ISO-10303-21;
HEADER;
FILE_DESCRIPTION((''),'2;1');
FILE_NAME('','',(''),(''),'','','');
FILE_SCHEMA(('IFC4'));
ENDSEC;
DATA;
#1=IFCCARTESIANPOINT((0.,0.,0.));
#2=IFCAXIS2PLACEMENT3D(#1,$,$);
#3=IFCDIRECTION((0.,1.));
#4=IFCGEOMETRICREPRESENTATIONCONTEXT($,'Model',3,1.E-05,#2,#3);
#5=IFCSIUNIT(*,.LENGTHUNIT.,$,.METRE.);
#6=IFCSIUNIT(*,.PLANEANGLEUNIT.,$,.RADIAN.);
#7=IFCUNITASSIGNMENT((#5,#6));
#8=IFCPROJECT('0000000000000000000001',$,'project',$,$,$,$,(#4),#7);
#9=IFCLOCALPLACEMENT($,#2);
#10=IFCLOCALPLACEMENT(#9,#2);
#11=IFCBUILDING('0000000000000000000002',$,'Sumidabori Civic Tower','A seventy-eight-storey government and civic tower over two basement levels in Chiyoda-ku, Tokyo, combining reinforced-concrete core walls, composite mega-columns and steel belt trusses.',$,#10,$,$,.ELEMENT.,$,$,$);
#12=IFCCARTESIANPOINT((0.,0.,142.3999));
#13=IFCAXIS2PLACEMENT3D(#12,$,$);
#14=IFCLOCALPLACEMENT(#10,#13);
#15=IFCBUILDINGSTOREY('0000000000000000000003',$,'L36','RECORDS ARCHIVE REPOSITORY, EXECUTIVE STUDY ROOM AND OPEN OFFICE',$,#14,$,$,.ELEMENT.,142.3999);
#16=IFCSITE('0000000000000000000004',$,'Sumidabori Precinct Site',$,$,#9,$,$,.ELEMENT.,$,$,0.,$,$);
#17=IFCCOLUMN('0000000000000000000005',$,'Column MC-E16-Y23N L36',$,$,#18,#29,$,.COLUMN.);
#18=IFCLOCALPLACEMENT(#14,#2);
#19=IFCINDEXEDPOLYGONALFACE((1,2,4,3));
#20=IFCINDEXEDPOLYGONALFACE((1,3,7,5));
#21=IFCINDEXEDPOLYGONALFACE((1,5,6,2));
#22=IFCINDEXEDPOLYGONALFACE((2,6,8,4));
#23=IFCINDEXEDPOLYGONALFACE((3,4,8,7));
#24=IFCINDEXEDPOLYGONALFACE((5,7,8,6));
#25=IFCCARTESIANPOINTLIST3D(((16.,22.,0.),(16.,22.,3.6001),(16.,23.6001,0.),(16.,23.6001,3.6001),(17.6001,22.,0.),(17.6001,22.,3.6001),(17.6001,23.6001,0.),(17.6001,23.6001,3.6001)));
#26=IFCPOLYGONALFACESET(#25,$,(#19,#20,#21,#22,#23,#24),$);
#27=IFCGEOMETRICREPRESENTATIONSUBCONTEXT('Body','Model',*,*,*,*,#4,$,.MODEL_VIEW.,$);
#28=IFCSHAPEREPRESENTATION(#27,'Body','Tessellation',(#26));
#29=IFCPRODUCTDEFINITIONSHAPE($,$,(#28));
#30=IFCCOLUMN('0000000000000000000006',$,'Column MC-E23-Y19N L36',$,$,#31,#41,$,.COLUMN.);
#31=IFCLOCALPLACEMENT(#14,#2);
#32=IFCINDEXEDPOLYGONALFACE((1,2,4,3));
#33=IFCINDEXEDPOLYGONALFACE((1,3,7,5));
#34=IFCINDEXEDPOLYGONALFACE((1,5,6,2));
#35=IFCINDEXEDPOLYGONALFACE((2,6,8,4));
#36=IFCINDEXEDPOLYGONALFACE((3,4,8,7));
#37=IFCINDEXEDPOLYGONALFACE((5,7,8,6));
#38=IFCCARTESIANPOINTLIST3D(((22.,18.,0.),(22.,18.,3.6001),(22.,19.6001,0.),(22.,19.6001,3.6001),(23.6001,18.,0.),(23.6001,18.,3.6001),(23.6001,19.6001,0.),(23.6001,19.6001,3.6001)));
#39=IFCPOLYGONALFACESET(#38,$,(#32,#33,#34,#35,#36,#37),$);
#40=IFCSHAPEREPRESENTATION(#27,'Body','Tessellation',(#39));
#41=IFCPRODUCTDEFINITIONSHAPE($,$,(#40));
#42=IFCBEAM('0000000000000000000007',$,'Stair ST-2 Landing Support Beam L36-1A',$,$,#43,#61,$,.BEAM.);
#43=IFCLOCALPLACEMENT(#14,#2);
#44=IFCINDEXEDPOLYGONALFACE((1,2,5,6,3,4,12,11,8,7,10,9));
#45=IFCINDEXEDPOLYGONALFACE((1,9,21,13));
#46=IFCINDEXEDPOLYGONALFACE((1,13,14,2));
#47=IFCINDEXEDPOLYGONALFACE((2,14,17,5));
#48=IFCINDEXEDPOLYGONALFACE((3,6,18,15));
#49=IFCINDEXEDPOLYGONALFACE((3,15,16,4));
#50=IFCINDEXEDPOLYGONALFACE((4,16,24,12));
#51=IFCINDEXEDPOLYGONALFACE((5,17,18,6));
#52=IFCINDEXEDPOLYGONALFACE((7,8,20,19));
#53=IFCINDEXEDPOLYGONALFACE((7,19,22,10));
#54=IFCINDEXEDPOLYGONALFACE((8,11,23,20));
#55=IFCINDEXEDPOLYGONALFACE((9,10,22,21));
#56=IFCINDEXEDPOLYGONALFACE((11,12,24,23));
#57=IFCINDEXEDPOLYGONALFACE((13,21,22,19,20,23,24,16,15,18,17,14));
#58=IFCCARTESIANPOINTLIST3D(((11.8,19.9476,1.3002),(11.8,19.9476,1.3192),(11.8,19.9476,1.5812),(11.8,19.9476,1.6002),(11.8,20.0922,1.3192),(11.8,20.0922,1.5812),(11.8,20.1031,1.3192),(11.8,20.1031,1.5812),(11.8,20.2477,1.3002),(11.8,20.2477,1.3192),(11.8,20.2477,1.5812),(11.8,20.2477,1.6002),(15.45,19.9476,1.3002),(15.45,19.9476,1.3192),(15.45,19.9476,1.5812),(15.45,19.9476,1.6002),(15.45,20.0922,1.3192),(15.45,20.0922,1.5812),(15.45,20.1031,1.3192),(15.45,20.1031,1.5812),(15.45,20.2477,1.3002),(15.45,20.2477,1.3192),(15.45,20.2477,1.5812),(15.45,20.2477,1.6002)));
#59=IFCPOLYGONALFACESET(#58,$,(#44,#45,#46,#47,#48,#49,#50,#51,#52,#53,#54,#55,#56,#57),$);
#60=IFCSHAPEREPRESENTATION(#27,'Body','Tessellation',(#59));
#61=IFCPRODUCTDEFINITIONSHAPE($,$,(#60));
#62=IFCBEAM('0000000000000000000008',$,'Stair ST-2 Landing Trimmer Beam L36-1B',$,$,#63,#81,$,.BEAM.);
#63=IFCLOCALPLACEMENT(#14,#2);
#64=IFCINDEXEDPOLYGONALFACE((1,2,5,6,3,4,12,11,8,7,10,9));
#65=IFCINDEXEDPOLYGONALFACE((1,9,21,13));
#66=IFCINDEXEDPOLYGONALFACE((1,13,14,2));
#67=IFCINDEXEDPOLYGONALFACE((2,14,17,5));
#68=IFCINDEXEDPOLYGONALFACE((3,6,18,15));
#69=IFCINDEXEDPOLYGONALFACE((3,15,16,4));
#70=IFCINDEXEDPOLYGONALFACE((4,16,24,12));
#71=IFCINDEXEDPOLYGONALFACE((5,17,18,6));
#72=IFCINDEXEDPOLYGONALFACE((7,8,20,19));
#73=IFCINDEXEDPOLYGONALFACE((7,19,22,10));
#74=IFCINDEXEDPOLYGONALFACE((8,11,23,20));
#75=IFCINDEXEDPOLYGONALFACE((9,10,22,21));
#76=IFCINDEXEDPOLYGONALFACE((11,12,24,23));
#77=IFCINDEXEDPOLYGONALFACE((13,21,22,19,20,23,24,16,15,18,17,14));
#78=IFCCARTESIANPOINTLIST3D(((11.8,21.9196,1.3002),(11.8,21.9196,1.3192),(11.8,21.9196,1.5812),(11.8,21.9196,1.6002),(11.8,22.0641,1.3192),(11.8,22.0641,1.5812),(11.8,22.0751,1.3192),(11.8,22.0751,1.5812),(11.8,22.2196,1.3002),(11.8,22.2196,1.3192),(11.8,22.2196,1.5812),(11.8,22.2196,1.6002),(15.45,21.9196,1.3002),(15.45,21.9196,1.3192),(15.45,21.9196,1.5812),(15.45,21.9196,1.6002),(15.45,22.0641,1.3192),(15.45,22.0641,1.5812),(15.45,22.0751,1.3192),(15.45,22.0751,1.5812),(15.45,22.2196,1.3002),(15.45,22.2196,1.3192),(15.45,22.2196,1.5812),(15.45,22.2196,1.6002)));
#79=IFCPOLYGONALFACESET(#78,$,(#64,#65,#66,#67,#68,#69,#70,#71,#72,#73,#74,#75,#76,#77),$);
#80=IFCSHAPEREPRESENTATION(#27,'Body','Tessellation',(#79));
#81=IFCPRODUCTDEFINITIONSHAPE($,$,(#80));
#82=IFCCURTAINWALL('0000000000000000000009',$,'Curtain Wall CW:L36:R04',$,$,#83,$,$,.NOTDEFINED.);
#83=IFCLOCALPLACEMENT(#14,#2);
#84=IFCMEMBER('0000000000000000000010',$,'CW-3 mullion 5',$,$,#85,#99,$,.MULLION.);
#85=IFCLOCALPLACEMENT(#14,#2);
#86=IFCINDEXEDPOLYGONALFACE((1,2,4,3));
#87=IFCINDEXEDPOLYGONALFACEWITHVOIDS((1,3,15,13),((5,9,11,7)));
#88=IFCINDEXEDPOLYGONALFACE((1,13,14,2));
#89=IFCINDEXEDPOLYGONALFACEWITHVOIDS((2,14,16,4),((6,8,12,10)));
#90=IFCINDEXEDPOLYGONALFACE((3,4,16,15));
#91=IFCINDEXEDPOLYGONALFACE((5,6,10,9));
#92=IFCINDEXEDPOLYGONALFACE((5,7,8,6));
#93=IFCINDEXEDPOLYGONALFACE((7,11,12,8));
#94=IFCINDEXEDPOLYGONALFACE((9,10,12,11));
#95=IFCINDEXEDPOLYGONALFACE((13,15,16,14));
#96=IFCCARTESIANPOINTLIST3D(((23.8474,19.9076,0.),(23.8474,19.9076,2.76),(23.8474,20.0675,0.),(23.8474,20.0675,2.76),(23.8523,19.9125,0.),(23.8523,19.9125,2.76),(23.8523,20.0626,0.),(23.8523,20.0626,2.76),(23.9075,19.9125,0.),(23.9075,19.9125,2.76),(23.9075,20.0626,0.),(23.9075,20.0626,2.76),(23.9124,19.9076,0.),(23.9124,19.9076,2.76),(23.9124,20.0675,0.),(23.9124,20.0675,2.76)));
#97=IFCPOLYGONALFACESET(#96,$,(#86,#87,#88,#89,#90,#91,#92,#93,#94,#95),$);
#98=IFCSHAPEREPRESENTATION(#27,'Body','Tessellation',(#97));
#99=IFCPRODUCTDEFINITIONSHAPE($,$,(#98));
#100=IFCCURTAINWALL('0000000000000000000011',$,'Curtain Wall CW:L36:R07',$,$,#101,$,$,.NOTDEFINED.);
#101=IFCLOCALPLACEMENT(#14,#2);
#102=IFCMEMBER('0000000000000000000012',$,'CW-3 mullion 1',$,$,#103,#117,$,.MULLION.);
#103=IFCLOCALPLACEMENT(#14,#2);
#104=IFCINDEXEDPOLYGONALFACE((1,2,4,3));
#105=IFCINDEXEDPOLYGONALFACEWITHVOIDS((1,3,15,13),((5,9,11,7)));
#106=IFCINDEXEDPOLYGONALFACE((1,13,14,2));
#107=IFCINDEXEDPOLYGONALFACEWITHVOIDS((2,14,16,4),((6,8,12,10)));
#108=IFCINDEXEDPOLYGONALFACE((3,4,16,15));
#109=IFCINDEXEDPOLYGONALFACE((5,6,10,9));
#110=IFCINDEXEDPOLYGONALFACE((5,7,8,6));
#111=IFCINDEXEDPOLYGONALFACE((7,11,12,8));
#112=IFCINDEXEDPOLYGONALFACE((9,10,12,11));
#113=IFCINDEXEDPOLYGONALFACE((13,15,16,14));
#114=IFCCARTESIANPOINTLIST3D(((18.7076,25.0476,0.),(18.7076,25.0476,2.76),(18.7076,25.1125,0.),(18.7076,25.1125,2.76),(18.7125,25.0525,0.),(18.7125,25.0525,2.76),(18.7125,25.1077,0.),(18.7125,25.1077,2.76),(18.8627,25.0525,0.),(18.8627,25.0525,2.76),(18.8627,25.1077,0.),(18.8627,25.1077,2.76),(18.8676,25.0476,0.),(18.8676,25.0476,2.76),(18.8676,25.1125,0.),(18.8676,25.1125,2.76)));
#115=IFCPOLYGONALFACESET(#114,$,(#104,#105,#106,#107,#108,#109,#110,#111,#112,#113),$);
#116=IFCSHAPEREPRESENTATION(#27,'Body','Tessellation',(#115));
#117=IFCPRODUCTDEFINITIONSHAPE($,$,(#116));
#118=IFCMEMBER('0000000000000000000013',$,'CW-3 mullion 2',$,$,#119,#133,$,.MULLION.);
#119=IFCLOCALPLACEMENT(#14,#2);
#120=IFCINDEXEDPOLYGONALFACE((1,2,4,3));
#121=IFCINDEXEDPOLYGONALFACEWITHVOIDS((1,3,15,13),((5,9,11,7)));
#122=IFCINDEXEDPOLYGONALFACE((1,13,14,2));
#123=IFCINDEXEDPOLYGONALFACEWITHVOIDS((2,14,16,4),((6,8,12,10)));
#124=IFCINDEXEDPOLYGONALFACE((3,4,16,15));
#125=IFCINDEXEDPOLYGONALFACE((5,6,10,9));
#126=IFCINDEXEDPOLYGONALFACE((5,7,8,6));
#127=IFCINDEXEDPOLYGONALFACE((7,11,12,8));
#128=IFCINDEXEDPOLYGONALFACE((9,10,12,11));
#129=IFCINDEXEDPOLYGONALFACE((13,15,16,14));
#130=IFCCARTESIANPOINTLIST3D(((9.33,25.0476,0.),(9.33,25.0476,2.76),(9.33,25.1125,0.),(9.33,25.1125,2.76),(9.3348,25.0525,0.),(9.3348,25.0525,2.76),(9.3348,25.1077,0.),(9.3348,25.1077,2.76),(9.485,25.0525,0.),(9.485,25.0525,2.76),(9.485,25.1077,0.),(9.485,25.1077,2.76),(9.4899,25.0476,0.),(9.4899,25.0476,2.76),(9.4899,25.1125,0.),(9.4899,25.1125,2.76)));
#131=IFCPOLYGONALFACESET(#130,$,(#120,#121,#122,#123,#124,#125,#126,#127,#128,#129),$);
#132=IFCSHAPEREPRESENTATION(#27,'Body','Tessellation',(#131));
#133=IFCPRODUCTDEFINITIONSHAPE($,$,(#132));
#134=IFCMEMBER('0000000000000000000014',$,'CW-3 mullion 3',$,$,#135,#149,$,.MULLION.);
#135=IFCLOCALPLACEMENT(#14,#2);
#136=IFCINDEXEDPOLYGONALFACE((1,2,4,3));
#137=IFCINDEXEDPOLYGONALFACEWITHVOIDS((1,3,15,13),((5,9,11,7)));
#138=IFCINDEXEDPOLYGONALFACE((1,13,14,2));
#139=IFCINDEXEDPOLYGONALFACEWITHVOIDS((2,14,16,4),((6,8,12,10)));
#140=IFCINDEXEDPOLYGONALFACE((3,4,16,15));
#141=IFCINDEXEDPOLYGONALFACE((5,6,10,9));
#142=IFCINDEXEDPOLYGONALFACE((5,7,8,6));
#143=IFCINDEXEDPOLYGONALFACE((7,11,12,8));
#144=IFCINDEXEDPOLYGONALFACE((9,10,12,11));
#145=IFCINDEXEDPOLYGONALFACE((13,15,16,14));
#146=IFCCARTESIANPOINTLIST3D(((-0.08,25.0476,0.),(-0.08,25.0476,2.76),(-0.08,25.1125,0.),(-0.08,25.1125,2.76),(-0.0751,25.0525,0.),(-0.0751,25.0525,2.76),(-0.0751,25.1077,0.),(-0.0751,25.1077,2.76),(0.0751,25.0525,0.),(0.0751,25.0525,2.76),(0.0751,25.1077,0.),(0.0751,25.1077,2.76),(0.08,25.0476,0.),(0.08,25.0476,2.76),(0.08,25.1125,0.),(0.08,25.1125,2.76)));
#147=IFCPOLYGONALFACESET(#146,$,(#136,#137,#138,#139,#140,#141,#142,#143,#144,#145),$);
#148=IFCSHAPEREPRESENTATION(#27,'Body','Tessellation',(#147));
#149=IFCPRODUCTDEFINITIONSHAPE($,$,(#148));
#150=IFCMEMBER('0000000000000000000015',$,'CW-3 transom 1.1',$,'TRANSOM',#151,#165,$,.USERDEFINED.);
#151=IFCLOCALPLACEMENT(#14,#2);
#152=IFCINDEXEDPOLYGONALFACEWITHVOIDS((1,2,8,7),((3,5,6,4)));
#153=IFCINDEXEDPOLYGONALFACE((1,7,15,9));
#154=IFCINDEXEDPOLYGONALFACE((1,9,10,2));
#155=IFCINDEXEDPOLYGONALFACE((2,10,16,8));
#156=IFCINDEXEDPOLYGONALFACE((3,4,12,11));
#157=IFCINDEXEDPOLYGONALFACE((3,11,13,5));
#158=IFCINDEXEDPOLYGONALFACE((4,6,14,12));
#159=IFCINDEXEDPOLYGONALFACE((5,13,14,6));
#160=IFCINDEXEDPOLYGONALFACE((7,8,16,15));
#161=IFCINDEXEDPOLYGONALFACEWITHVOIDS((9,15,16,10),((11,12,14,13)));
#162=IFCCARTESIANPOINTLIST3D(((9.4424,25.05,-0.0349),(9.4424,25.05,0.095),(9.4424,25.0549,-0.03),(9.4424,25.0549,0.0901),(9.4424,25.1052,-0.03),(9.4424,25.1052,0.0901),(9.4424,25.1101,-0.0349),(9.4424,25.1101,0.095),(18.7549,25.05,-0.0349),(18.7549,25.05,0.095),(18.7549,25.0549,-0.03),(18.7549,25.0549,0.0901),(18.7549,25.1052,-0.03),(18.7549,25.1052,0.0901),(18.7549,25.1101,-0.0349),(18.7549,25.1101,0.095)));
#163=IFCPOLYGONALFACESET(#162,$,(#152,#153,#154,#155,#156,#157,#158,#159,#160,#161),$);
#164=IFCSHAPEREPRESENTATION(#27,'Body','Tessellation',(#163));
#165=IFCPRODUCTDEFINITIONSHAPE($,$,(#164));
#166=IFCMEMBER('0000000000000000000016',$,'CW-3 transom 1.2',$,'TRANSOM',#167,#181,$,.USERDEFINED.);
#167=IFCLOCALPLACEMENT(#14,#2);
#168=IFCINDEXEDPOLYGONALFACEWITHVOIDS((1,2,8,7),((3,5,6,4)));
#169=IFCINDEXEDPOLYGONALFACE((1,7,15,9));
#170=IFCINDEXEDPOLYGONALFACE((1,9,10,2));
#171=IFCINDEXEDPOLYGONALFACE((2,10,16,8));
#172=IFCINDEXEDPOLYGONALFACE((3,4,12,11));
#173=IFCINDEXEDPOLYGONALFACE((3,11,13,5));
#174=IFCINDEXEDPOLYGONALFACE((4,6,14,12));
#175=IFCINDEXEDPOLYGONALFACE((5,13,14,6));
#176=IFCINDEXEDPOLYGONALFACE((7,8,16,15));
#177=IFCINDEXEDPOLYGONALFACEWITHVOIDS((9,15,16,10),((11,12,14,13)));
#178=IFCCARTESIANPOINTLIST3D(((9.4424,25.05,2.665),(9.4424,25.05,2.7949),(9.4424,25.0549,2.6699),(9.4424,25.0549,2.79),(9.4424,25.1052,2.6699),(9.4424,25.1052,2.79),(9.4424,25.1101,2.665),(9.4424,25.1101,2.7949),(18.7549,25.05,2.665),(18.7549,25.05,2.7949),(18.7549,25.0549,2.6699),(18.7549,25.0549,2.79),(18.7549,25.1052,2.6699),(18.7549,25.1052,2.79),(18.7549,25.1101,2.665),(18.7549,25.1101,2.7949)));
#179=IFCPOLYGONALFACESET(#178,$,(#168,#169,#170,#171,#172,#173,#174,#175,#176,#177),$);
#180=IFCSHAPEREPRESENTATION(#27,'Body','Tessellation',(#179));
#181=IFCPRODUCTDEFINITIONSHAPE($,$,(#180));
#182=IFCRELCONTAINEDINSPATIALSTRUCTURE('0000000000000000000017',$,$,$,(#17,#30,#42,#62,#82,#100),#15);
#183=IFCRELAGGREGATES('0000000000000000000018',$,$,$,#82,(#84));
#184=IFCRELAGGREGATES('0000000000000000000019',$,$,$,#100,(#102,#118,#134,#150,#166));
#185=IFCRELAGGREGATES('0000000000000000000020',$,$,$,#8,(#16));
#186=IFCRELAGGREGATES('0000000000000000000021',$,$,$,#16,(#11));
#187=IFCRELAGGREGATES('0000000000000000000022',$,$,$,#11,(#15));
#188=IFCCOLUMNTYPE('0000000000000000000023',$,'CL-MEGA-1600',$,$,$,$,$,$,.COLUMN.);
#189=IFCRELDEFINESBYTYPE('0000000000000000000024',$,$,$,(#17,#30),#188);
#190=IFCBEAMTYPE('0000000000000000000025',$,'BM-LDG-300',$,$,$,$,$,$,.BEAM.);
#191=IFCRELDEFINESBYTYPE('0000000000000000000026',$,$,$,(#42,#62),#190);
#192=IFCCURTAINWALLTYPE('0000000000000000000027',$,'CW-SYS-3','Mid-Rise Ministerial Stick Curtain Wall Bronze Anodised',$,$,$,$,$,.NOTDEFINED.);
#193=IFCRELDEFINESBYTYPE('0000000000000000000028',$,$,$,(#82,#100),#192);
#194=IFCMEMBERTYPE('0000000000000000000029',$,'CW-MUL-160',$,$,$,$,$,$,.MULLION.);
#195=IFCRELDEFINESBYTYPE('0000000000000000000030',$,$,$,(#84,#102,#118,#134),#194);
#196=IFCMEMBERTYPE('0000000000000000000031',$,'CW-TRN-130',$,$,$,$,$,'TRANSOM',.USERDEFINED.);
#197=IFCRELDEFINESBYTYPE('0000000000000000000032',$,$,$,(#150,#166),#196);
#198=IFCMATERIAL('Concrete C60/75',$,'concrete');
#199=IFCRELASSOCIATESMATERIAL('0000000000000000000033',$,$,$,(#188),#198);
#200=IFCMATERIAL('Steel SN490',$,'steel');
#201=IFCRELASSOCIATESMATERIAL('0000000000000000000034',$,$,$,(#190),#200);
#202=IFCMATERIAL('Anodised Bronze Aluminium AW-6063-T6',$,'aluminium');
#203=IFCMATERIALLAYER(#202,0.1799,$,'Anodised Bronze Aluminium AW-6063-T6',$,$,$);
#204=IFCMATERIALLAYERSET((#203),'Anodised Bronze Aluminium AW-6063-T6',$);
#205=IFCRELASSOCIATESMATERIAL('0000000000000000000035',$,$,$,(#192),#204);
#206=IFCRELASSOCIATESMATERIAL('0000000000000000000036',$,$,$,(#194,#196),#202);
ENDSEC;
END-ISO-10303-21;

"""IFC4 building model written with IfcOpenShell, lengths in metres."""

from ifc_helpers import new_model, si_unit, direction, frame, origin, origin_2d, place, context, subcontext, project, spatial, rectangle, hollow_rectangle, i_section, extrude, source, transform, mapped, material, layer, layer_set, material_profile, profile_set, type_object, element, aggregate, save


model = new_model("IFC4")

# Units and contexts
model_context = context("Model", 3, precision=1e-05, world=origin(), true_north=direction((0.0, 1.0)))
body_context = subcontext(model_context, "Body", "Model", "MODEL_VIEW")
ifc_project = project(units=[si_unit("LENGTHUNIT", "METRE"), si_unit("PLANEANGLEUNIT", "RADIAN")], contexts=[model_context])

# Site, building, storey
site_placement = place(None, origin())
site = spatial("IfcSite", under=ifc_project, at=site_placement, Name="Sumidabori Precinct Site", CompositionType="ELEMENT", RefElevation=0.0)
building_placement = place(site_placement, origin())
building = spatial("IfcBuilding", under=site, at=building_placement, Name="Sumidabori Civic Tower", Description="A seventy-eight-storey government and civic tower over two basement levels in Chiyoda-ku, Tokyo, combining reinforced-concrete core walls, composite mega-columns and steel belt trusses.", CompositionType="ELEMENT")
storey_placement = place(building_placement, frame((0.0, 0.0, 142.3999)))
storey = spatial("IfcBuildingStorey", under=building, at=storey_placement, Name="L36", Description="RECORDS ARCHIVE REPOSITORY, EXECUTIVE STUDY ROOM AND OPEN OFFICE", CompositionType="ELEMENT", Elevation=142.3999)

# Columns
ifc_material_1 = material(Name="Concrete C60/75", Category="concrete")
ifc_material_profile_1 = material_profile(ifc_material_1, rectangle(XDim=1.6001, YDim=1.6001, at=origin_2d()), Name="RC 1600x1600")
ifc_profile_set_1 = profile_set([ifc_material_profile_1], Name="Concrete C60/75")
column_type = type_object("IfcColumnType", Name="CL-MEGA-1600", PredefinedType="COLUMN", material=ifc_profile_set_1)
shared_shape_1 = source(origin(), body_context, "Body", "SweptSolid", [
    extrude(rectangle(XDim=1.6001, YDim=1.6001, at=origin_2d()), origin(), (0.0, 0.0, 1.0), 3.6001),
])
for number, where, z_axis, x_axis, name in (
    (1, (16.8, 22.8, 0.0), (0.0, 0.0, 1.0), (1.0, 0.0, 0.0), "Column MC-E16-Y23N L36"),
    (2, (22.8, 18.8, 0.0), (0.0, 0.0, 1.0), (1.0, 0.0, 0.0), "Column MC-E23-Y19N L36"),
):
    element("IfcColumn", number, at=place(storey_placement, frame(where, z_axis=z_axis, x_axis=x_axis)), inside=storey, type_object=column_type, Name=name, PredefinedType="COLUMN", context=body_context, shape_type="MappedRepresentation", body=[
        mapped(shared_shape_1, transform((0.0, 0.0, 0.0), x_axis=(1.0, 0.0, 0.0), y_axis=(0.0, 1.0, 0.0), z_axis=(0.0, 0.0, 1.0), scale=1.0)),
    ])

# Beams
ifc_material_2 = material(Name="Steel SN490", Category="steel")
ifc_material_profile_2 = material_profile(ifc_material_2, i_section(OverallWidth=0.3, OverallDepth=0.3, WebThickness=0.011, FlangeThickness=0.019, at=origin_2d()), Name="HE 300 B")
ifc_profile_set_2 = profile_set([ifc_material_profile_2], Name="Steel SN490")
beam_type = type_object("IfcBeamType", Name="BM-LDG-300", PredefinedType="BEAM", material=ifc_profile_set_2)
shared_shape_2 = source(origin(), body_context, "Body", "SweptSolid", [
    extrude(i_section(OverallWidth=0.3, OverallDepth=0.3, WebThickness=0.011, FlangeThickness=0.019, at=origin_2d()), origin(), (0.0, 0.0, 1.0), 3.6499),
])
for number, where, z_axis, x_axis, name in (
    (3, (11.8, 20.0977, 1.4502), (1.0, 0.0, 0.0), (0.0, 1.0, 0.0), "Stair ST-2 Landing Support Beam L36-1A"),
    (4, (11.8, 22.0696, 1.4502), (1.0, 0.0, 0.0), (0.0, 1.0, 0.0), "Stair ST-2 Landing Trimmer Beam L36-1B"),
):
    element("IfcBeam", number, at=place(storey_placement, frame(where, z_axis=z_axis, x_axis=x_axis)), inside=storey, type_object=beam_type, Name=name, PredefinedType="BEAM", context=body_context, shape_type="MappedRepresentation", body=[
        mapped(shared_shape_2, transform((0.0, 0.0, 0.0), x_axis=(1.0, 0.0, 0.0), y_axis=(0.0, 1.0, 0.0), z_axis=(0.0, 0.0, 1.0), scale=1.0)),
    ])

# Curtain wall, member
ifc_material_3 = material(Name="Anodised Bronze Aluminium AW-6063-T6", Category="aluminium")
ifc_layer_1 = layer(ifc_material_3, 0.1799, Name="Anodised Bronze Aluminium AW-6063-T6")
ifc_layer_set_1 = layer_set([ifc_layer_1], Name="Anodised Bronze Aluminium AW-6063-T6")
curtain_wall_type = type_object("IfcCurtainWallType", Name="CW-SYS-3", Description="Mid-Rise Ministerial Stick Curtain Wall Bronze Anodised", PredefinedType="NOTDEFINED", material=ifc_layer_set_1)
curtain_wall_1_placement = place(storey_placement, origin())
curtain_wall_1 = element("IfcCurtainWall", 5, at=curtain_wall_1_placement, inside=storey, type_object=curtain_wall_type, Name="Curtain Wall CW:L36:R04", PredefinedType="NOTDEFINED")
ifc_material_profile_3 = material_profile(ifc_material_3, hollow_rectangle(XDim=0.0649, YDim=0.1599, WallThickness=0.0049, at=origin_2d()), Name="ALU MULLION 160x65")
ifc_profile_set_3 = profile_set([ifc_material_profile_3], Name="Anodised Bronze Aluminium AW-6063-T6")
member_type_1 = type_object("IfcMemberType", Name="CW-MUL-160", PredefinedType="MULLION", material=ifc_profile_set_3)
shared_shape_3 = source(origin(), body_context, "Body", "SweptSolid", [
    extrude(hollow_rectangle(XDim=0.0649, YDim=0.1599, WallThickness=0.0049, at=origin_2d()), origin(), (0.0, 0.0, 1.0), 2.76),
])
member_1_placement = place(storey_placement, frame((23.8799, 19.9875, 0.0), z_axis=(0.0, 0.0, 1.0), x_axis=(-1.0, 0.0, 0.0)))
member_1 = element("IfcMember", 6, at=member_1_placement, type_object=member_type_1, Name="CW-3 mullion 5", PredefinedType="MULLION", context=body_context, shape_type="MappedRepresentation", body=[
    mapped(shared_shape_3, transform((0.0, 0.0, 0.0), x_axis=(1.0, 0.0, 0.0), y_axis=(0.0, 1.0, 0.0), z_axis=(0.0, 0.0, 1.0), scale=1.0)),
])
aggregate(curtain_wall_1, [member_1])

# Curtain wall, members
curtain_wall_2_placement = place(storey_placement, origin())
curtain_wall_2 = element("IfcCurtainWall", 7, at=curtain_wall_2_placement, inside=storey, type_object=curtain_wall_type, Name="Curtain Wall CW:L36:R07", PredefinedType="NOTDEFINED")
member_2_placement = place(storey_placement, frame((18.7876, 25.0801, 0.0), z_axis=(0.0, 0.0, 1.0), x_axis=(0.0, -1.0, 0.0)))
member_2 = element("IfcMember", 8, at=member_2_placement, type_object=member_type_1, Name="CW-3 mullion 1", PredefinedType="MULLION", context=body_context, shape_type="MappedRepresentation", body=[
    mapped(shared_shape_3, transform((0.0, 0.0, 0.0), x_axis=(1.0, 0.0, 0.0), y_axis=(0.0, 1.0, 0.0), z_axis=(0.0, 0.0, 1.0), scale=1.0)),
])
member_3_placement = place(storey_placement, frame((9.4099, 25.0801, 0.0), z_axis=(0.0, 0.0, 1.0), x_axis=(0.0, -1.0, 0.0)))
member_3 = element("IfcMember", 9, at=member_3_placement, type_object=member_type_1, Name="CW-3 mullion 2", PredefinedType="MULLION", context=body_context, shape_type="MappedRepresentation", body=[
    mapped(shared_shape_3, transform((0.0, 0.0, 0.0), x_axis=(1.0, 0.0, 0.0), y_axis=(0.0, 1.0, 0.0), z_axis=(0.0, 0.0, 1.0), scale=1.0)),
])
member_4_placement = place(storey_placement, frame((0.0, 25.0801, 0.0), z_axis=(0.0, 0.0, 1.0), x_axis=(0.0, -1.0, 0.0)))
member_4 = element("IfcMember", 10, at=member_4_placement, type_object=member_type_1, Name="CW-3 mullion 3", PredefinedType="MULLION", context=body_context, shape_type="MappedRepresentation", body=[
    mapped(shared_shape_3, transform((0.0, 0.0, 0.0), x_axis=(1.0, 0.0, 0.0), y_axis=(0.0, 1.0, 0.0), z_axis=(0.0, 0.0, 1.0), scale=1.0)),
])
ifc_material_profile_4 = material_profile(ifc_material_3, hollow_rectangle(XDim=0.0601, YDim=0.1299, WallThickness=0.0049, at=origin_2d()), Name="ALU TRANSOM 130x60")
ifc_profile_set_4 = profile_set([ifc_material_profile_4], Name="Anodised Bronze Aluminium AW-6063-T6")
member_type_2 = type_object("IfcMemberType", Name="CW-TRN-130", ElementType="TRANSOM", PredefinedType="USERDEFINED", material=ifc_profile_set_4)
shared_shape_4 = source(origin(), body_context, "Body", "SweptSolid", [
    extrude(hollow_rectangle(XDim=0.0601, YDim=0.1299, WallThickness=0.0049, at=origin_2d()), origin(), (0.0, 0.0, 1.0), 9.3125),
])
member_5_placement = place(storey_placement, frame((18.7549, 25.0801, 0.03), z_axis=(-1.0, 0.0, 0.0), x_axis=(0.0, -1.0, 0.0)))
member_5 = element("IfcMember", 11, at=member_5_placement, type_object=member_type_2, Name="CW-3 transom 1.1", ObjectType="TRANSOM", PredefinedType="USERDEFINED", context=body_context, shape_type="MappedRepresentation", body=[
    mapped(shared_shape_4, transform((0.0, 0.0, 0.0), x_axis=(1.0, 0.0, 0.0), y_axis=(0.0, 1.0, 0.0), z_axis=(0.0, 0.0, 1.0), scale=1.0)),
])
member_6_placement = place(storey_placement, frame((18.7549, 25.0801, 2.73), z_axis=(-1.0, 0.0, 0.0), x_axis=(0.0, -1.0, 0.0)))
member_6 = element("IfcMember", 12, at=member_6_placement, type_object=member_type_2, Name="CW-3 transom 1.2", ObjectType="TRANSOM", PredefinedType="USERDEFINED", context=body_context, shape_type="MappedRepresentation", body=[
    mapped(shared_shape_4, transform((0.0, 0.0, 0.0), x_axis=(1.0, 0.0, 0.0), y_axis=(0.0, 1.0, 0.0), z_axis=(0.0, 0.0, 1.0), scale=1.0)),
])
aggregate(curtain_wall_2, [member_2, member_3, member_4, member_5, member_6])

save(model, "model.ifc")
